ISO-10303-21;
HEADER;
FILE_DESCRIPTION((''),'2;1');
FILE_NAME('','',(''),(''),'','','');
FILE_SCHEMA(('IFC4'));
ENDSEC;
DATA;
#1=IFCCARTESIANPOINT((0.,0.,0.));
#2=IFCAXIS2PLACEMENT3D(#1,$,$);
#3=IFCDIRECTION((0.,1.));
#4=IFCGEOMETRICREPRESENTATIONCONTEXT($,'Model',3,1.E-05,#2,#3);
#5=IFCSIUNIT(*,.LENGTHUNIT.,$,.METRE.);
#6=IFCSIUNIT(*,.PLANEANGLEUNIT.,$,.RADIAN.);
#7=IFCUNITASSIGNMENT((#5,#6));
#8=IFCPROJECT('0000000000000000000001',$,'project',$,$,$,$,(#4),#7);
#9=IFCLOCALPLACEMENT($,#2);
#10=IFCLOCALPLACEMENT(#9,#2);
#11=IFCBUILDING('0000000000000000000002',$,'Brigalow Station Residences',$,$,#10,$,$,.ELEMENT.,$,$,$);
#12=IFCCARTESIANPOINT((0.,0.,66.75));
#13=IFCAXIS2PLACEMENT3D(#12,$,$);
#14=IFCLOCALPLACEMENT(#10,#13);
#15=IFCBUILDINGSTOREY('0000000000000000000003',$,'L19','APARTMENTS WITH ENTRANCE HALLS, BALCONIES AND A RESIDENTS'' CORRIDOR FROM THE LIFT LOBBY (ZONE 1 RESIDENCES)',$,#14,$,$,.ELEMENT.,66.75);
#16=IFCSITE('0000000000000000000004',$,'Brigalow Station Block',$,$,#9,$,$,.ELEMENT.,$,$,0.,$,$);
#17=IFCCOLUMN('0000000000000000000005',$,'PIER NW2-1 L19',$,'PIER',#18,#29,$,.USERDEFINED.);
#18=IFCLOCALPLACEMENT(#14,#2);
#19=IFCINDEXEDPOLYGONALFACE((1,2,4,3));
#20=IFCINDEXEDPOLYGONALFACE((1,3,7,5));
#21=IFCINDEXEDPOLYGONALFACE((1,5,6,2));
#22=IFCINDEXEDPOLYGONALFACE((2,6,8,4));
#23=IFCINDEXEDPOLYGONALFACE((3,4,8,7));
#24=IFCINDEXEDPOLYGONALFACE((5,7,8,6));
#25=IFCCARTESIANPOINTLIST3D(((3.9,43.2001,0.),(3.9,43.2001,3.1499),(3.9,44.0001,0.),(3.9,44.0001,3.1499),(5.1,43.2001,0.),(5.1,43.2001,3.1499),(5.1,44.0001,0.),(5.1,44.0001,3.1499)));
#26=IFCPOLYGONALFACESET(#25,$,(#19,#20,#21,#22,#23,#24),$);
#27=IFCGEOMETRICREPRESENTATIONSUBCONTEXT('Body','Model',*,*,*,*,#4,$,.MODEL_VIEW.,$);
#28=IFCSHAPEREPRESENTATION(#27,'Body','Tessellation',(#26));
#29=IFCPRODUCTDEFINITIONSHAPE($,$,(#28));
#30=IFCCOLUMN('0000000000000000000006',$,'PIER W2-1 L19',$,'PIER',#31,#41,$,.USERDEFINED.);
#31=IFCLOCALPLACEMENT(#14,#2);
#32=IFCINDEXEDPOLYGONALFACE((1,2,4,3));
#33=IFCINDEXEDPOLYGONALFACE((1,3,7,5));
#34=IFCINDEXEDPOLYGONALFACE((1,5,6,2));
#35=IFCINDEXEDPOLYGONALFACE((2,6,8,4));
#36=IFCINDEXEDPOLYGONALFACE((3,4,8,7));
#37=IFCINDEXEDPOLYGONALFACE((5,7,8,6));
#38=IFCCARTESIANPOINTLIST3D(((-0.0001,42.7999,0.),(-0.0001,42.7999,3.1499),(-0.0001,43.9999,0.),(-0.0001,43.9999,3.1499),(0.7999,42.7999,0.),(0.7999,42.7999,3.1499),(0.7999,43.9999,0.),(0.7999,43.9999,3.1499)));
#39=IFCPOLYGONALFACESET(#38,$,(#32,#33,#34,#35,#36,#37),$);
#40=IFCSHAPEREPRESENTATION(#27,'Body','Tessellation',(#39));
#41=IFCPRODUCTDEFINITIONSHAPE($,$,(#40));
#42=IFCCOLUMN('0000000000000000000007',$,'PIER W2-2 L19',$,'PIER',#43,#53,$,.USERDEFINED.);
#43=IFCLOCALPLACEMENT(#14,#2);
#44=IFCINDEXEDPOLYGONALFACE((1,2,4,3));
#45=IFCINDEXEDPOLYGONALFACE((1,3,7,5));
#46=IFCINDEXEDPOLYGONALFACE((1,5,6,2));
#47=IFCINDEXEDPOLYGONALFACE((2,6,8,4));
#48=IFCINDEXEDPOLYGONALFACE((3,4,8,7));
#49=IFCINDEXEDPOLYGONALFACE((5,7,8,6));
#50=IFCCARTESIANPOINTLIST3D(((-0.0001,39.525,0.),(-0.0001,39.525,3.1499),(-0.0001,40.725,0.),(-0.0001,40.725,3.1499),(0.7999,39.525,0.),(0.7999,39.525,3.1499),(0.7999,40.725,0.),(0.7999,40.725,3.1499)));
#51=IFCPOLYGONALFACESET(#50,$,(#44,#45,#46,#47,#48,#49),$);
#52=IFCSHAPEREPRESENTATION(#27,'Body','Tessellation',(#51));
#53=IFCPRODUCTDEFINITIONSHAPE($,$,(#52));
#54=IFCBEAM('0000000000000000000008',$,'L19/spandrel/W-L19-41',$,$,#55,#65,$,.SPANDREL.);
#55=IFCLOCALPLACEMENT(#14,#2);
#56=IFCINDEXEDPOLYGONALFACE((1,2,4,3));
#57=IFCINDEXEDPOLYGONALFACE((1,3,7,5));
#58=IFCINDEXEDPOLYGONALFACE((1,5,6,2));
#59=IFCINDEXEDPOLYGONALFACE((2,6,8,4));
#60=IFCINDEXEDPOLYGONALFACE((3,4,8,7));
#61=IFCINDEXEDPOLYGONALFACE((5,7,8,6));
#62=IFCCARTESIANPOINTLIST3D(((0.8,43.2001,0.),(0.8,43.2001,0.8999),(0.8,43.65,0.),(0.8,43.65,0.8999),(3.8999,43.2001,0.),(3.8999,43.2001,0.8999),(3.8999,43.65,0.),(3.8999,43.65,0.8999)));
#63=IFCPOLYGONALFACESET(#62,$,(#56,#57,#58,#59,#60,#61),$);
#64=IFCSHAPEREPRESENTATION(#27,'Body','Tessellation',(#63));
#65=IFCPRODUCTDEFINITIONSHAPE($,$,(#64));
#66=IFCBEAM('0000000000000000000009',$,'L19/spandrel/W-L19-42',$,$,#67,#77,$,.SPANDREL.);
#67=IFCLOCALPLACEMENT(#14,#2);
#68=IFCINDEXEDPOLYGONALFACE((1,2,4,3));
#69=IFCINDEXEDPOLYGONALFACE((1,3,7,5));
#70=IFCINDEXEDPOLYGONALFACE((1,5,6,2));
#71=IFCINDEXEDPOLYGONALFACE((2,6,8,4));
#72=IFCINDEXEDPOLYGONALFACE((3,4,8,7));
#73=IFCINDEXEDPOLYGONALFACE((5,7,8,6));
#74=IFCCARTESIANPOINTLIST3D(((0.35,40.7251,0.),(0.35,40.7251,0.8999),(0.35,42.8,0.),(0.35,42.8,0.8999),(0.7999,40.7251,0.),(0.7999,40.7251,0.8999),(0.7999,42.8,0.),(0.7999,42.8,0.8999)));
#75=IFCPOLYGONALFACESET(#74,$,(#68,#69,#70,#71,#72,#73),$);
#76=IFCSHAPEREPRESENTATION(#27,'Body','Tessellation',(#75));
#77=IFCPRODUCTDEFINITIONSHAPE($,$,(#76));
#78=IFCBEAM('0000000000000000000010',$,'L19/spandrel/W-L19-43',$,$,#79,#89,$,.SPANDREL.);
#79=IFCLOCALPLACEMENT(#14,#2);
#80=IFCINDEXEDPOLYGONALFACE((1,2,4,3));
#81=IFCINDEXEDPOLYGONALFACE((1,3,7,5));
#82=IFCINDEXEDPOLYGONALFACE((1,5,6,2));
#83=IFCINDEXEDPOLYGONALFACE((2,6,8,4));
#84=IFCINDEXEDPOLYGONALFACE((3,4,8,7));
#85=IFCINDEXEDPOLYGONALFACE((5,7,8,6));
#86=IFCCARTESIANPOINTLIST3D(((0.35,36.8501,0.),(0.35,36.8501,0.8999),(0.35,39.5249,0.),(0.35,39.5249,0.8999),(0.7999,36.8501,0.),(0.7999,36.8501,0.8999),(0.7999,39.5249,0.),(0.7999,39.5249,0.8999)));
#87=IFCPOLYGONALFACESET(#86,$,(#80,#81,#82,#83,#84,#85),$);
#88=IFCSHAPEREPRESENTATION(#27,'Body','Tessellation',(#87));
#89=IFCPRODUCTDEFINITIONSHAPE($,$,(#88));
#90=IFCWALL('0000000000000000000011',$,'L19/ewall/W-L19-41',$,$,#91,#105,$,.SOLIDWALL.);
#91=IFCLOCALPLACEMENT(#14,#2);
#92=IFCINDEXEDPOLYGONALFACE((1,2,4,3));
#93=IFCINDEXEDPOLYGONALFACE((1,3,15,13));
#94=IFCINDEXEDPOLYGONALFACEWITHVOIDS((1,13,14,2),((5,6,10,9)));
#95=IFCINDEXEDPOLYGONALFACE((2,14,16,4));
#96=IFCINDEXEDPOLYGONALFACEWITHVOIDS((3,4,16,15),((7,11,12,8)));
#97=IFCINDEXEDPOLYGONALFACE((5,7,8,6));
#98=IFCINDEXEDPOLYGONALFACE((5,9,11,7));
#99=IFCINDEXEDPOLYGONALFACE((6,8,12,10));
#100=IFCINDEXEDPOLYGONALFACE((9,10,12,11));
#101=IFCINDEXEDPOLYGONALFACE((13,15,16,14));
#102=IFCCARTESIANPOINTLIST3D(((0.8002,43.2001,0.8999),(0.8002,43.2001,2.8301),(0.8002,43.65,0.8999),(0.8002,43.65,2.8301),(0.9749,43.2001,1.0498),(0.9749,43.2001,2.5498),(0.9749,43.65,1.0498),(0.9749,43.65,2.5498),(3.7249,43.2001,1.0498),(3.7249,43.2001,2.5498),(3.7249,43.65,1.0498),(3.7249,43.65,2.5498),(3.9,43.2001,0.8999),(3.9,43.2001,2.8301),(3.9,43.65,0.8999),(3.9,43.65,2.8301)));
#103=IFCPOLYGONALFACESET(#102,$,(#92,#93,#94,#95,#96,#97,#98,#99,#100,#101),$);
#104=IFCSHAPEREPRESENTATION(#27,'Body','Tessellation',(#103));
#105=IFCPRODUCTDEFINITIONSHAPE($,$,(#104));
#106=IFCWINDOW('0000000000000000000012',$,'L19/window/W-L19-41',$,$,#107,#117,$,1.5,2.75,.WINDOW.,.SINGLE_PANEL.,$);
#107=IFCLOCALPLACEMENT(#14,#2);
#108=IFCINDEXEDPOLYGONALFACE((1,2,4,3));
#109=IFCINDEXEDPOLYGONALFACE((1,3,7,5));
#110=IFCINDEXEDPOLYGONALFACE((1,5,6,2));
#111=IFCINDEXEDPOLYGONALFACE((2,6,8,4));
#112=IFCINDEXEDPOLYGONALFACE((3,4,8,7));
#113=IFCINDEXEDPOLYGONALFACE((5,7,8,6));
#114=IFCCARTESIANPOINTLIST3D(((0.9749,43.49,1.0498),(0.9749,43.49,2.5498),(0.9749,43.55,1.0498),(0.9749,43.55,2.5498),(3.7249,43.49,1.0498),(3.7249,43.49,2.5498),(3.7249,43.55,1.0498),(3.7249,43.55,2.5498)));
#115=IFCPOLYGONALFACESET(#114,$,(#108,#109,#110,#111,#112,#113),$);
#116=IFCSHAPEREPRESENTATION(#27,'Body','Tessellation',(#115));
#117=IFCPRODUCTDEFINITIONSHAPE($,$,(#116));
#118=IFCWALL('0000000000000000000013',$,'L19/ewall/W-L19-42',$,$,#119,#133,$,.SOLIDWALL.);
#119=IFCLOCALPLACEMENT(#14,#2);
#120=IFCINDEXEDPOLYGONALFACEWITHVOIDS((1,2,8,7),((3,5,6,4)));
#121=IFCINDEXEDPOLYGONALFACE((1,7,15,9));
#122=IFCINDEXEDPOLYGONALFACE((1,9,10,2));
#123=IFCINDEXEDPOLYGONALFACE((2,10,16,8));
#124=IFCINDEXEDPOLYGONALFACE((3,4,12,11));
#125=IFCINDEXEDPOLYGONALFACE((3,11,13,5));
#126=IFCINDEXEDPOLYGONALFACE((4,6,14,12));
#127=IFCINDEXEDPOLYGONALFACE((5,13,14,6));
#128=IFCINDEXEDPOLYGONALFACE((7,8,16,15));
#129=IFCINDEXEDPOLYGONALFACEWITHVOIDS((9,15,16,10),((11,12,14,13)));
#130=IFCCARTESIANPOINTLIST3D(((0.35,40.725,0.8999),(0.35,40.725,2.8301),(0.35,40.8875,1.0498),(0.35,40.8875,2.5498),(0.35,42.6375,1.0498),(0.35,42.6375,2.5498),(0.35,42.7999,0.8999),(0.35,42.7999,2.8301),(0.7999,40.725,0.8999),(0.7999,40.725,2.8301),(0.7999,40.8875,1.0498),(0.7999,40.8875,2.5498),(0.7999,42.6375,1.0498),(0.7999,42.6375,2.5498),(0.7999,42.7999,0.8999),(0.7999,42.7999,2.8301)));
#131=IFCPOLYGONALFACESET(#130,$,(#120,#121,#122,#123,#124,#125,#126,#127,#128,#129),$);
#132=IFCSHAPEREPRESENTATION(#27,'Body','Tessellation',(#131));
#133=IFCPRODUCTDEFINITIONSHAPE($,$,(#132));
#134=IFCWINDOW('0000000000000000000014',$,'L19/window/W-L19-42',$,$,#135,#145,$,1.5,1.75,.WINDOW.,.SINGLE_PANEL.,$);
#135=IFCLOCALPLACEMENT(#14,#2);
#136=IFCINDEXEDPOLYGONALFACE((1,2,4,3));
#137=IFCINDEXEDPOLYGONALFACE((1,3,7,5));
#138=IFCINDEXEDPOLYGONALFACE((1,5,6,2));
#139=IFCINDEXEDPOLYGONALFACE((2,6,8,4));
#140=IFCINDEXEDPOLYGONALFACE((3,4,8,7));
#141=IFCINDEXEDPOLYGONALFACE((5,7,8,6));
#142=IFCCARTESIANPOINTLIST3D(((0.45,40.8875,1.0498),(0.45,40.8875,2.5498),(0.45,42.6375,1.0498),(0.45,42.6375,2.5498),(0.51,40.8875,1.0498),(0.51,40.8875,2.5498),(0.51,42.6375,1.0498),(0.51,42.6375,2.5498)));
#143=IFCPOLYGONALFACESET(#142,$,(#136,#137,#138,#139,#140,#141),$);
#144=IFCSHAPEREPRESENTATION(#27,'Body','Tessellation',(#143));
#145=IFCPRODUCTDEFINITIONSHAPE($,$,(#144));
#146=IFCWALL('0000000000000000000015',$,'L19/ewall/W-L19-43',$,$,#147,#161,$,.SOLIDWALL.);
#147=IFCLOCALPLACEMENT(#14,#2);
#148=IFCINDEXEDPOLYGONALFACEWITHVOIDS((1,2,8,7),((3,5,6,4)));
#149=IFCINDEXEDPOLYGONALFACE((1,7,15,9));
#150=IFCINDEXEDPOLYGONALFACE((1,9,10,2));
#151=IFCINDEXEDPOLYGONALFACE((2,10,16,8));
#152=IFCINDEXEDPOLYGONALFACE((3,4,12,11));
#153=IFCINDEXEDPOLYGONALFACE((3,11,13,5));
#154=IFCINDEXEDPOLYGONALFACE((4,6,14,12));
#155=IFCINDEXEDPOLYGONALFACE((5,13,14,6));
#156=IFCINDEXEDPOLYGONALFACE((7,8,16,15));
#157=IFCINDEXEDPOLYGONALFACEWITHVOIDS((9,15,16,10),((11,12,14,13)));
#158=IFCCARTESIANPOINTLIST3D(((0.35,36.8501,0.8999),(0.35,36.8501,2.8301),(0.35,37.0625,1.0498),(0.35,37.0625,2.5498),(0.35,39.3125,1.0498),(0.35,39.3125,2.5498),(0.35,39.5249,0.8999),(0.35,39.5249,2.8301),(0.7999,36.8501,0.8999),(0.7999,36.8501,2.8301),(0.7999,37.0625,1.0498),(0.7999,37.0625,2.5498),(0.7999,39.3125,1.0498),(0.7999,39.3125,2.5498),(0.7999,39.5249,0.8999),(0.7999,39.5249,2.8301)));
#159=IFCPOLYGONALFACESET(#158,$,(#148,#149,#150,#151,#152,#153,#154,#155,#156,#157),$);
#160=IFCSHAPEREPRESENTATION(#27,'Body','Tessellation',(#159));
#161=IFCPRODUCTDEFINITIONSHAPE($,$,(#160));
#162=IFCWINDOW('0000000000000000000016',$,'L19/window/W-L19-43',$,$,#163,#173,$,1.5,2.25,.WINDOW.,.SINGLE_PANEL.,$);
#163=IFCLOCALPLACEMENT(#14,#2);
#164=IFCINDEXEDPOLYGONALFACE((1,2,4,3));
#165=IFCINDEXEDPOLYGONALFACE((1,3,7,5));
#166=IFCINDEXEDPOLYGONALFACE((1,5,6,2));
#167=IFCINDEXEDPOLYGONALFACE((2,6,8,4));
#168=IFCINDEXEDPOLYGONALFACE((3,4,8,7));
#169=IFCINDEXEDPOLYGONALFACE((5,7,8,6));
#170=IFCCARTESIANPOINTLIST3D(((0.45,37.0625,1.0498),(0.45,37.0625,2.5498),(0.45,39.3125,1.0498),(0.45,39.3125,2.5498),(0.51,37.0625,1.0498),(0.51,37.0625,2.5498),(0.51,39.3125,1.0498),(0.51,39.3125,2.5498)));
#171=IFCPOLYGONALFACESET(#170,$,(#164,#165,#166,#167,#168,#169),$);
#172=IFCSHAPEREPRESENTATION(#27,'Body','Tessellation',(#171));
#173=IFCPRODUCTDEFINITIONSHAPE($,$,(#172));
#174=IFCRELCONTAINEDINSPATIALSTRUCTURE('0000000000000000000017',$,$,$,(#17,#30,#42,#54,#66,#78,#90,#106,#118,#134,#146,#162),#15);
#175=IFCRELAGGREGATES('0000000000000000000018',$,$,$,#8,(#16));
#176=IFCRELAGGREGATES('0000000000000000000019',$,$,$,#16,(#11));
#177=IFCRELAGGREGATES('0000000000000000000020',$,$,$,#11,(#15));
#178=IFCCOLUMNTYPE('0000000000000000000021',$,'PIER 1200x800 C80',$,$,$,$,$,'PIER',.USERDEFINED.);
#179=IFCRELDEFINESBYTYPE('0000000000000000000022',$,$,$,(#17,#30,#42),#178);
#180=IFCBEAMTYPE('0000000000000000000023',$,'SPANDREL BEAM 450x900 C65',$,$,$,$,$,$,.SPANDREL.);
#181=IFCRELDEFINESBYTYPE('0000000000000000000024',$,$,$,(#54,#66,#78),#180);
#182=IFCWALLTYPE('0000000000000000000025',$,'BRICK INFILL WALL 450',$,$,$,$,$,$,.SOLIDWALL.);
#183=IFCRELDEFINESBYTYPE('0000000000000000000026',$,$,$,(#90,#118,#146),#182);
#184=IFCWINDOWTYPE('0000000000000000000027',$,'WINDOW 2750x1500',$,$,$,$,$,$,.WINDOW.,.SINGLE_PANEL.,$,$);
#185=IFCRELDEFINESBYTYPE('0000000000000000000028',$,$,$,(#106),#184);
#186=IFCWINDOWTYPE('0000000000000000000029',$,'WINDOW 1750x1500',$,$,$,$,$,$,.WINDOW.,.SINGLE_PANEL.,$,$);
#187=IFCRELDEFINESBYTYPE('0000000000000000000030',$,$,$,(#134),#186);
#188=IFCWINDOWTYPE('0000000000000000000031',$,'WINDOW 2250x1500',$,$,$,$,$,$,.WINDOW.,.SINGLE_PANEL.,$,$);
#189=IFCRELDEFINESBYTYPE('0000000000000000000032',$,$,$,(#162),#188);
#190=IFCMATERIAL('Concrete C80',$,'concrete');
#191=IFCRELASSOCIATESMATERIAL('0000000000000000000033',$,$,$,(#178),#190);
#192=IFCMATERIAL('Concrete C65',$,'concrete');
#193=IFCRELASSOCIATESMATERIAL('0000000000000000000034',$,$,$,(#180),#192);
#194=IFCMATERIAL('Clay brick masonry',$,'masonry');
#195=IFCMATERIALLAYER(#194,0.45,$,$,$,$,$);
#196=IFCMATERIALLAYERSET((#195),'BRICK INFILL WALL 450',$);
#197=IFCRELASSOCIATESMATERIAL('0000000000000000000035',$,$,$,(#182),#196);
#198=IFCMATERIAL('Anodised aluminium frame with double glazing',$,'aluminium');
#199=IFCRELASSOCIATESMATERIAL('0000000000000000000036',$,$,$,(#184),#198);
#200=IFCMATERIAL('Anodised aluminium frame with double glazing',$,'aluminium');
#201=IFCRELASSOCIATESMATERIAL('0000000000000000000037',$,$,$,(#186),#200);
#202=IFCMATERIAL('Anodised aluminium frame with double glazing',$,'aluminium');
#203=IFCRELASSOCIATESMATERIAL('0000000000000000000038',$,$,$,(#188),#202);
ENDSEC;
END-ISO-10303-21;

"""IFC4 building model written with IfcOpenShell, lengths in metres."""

from ifc_helpers import new_model, si_unit, direction, frame, frame_2d, origin, origin_2d, place, context, subcontext, project, spatial, rectangle, extrude, material, layer, layer_set, material_profile, profile_set, type_object, element, fill, save


model = new_model("IFC4")

# Units and contexts
model_context = context("Model", 3, precision=1e-05, world=origin(), true_north=direction((0.0, 1.0)))
body_context = subcontext(model_context, "Body", "Model", "MODEL_VIEW")
ifc_project = project(units=[si_unit("LENGTHUNIT", "METRE"), si_unit("PLANEANGLEUNIT", "RADIAN")], contexts=[model_context])

# Site, building, storey
site_placement = place(None, origin())
site = spatial("IfcSite", under=ifc_project, at=site_placement, Name="Brigalow Station Block", CompositionType="ELEMENT", RefElevation=0.0)
building_placement = place(site_placement, origin())
building = spatial("IfcBuilding", under=site, at=building_placement, Name="Brigalow Station Residences", CompositionType="ELEMENT")
storey_placement = place(building_placement, frame((0.0, 0.0, 66.75)))
storey = spatial("IfcBuildingStorey", under=building, at=storey_placement, Name="L19", Description="APARTMENTS WITH ENTRANCE HALLS, BALCONIES AND A RESIDENTS' CORRIDOR FROM THE LIFT LOBBY (ZONE 1 RESIDENCES)", CompositionType="ELEMENT", Elevation=66.75)

# Columns
ifc_material_1 = material(Name="Concrete C80", Category="concrete")
ifc_material_profile_1 = material_profile(ifc_material_1, rectangle(XDim=1.2, YDim=0.8, at=origin_2d()), Name="RC1200x800")
ifc_profile_set_1 = profile_set([ifc_material_profile_1], Name="Concrete C80")
column_type = type_object("IfcColumnType", Name="PIER 1200x800 C80", ElementType="PIER", PredefinedType="USERDEFINED", material=ifc_profile_set_1)
for number, where, z_axis, x_axis, name in (
    (1, (4.5, 43.6001, 0.0), (0.0, 0.0, 1.0), (-1.0, 0.0, 0.0), "PIER NW2-1 L19"),
    (2, (0.3999, 43.3999, 0.0), (0.0, 0.0, 1.0), (0.0, -1.0, 0.0), "PIER W2-1 L19"),
    (3, (0.3999, 40.125, 0.0), (0.0, 0.0, 1.0), (0.0, -1.0, 0.0), "PIER W2-2 L19"),
):
    element("IfcColumn", number, at=place(storey_placement, frame(where, z_axis=z_axis, x_axis=x_axis)), inside=storey, type_object=column_type, Name=name, ObjectType="PIER", PredefinedType="USERDEFINED", context=body_context, shape_type="SweptSolid", body=[
        extrude(rectangle(XDim=1.2, YDim=0.8, at=origin_2d()), origin(), (0.0, 0.0, 1.0), 3.1499),
    ])

# Beams
ifc_material_2 = material(Name="Concrete C65", Category="concrete")
ifc_material_profile_2 = material_profile(ifc_material_2, rectangle(XDim=0.45, YDim=0.8999, at=origin_2d()), Name="RC450x900")
ifc_profile_set_2 = profile_set([ifc_material_profile_2], Name="Concrete C65")
beam_type = type_object("IfcBeamType", Name="SPANDREL BEAM 450x900 C65", PredefinedType="SPANDREL", material=ifc_profile_set_2)
beam_1_placement = place(storey_placement, frame((3.8999, 43.425, 0.45), z_axis=(-1.0, 0.0, 0.0), x_axis=(0.0, -1.0, 0.0)))
element("IfcBeam", 4, at=beam_1_placement, inside=storey, type_object=beam_type, Name="L19/spandrel/W-L19-41", PredefinedType="SPANDREL", context=body_context, shape_type="SweptSolid", body=[
    extrude(rectangle(XDim=0.45, YDim=0.8999, at=origin_2d()), origin(), (0.0, 0.0, 1.0), 3.0999),
])
beam_2_placement = place(storey_placement, frame((0.575, 42.8, 0.45), z_axis=(0.0, -1.0, 0.0), x_axis=(1.0, 0.0, 0.0)))
element("IfcBeam", 5, at=beam_2_placement, inside=storey, type_object=beam_type, Name="L19/spandrel/W-L19-42", PredefinedType="SPANDREL", context=body_context, shape_type="SweptSolid", body=[
    extrude(rectangle(XDim=0.45, YDim=0.8999, at=origin_2d()), origin(), (0.0, 0.0, 1.0), 2.075),
])
beam_3_placement = place(storey_placement, frame((0.575, 39.5249, 0.45), z_axis=(0.0, -1.0, 0.0), x_axis=(1.0, 0.0, 0.0)))
element("IfcBeam", 6, at=beam_3_placement, inside=storey, type_object=beam_type, Name="L19/spandrel/W-L19-43", PredefinedType="SPANDREL", context=body_context, shape_type="SweptSolid", body=[
    extrude(rectangle(XDim=0.45, YDim=0.8999, at=origin_2d()), origin(), (0.0, 0.0, 1.0), 2.6748),
])

# Walls, openings, windows
ifc_material_3 = material(Name="Clay brick masonry", Category="masonry")
ifc_layer_1 = layer(ifc_material_3, 0.45)
ifc_layer_set_1 = layer_set([ifc_layer_1], Name="BRICK INFILL WALL 450")
wall_type_1 = type_object("IfcWallType", Name="BRICK INFILL WALL 450", PredefinedType="SOLIDWALL", material=ifc_layer_set_1)
wall_1_placement = place(storey_placement, frame((3.8999, 43.425, 0.8999), z_axis=(0.0, 0.0, 1.0), x_axis=(-1.0, 0.0, 0.0)))
wall_1 = element("IfcWall", 7, at=wall_1_placement, inside=storey, type_object=wall_type_1, Name="L19/ewall/W-L19-41", PredefinedType="SOLIDWALL", context=body_context, shape_type="SweptSolid", body=[
    extrude(rectangle(XDim=3.0999, YDim=0.45, at=frame_2d((1.5498, 0.0))), origin(), (0.0, 0.0, 1.0), 1.9302),
])
opening_1_placement = place(wall_1_placement, frame((0.175, 0.0, 0.1499)))
opening_1 = element("IfcOpeningElement", 8, at=opening_1_placement, cuts=wall_1, PredefinedType="OPENING", context=body_context, shape_type="SweptSolid", body=[
    extrude(rectangle(XDim=2.75, YDim=1.5, at=frame_2d((1.375, 0.75))), frame((0.0, 0.2349, 0.0), z_axis=(0.0, -1.0, 0.0), x_axis=(1.0, 0.0, 0.0)), (0.0, 0.0, 1.0), 0.47),
])
ifc_material_4 = material(Name="Anodised aluminium frame with double glazing", Category="aluminium")
window_type_1 = type_object("IfcWindowType", Name="WINDOW 2750x1500", PartitioningType="SINGLE_PANEL", PredefinedType="WINDOW", material=ifc_material_4)
window_1_placement = place(opening_1_placement, origin())
window_1 = element("IfcWindow", 9, at=window_1_placement, inside=storey, type_object=window_type_1, Name="L19/window/W-L19-41", OverallHeight=1.5, OverallWidth=2.75, PartitioningType="SINGLE_PANEL", PredefinedType="WINDOW", context=body_context, shape_type="SweptSolid", body=[
    extrude(rectangle(XDim=2.75, YDim=1.5, at=frame_2d((1.375, 0.75))), frame((0.0, -0.0649, 0.0), z_axis=(0.0, -1.0, 0.0), x_axis=(1.0, 0.0, 0.0)), (0.0, 0.0, 1.0), 0.0601),
])
fill(opening_1, window_1)
wall_2_placement = place(storey_placement, frame((0.575, 42.8, 0.8999), z_axis=(0.0, 0.0, 1.0), x_axis=(0.0, -1.0, 0.0)))
wall_2 = element("IfcWall", 10, at=wall_2_placement, inside=storey, type_object=wall_type_1, Name="L19/ewall/W-L19-42", PredefinedType="SOLIDWALL", context=body_context, shape_type="SweptSolid", body=[
    extrude(rectangle(XDim=2.075, YDim=0.45, at=frame_2d((1.0376, 0.0))), origin(), (0.0, 0.0, 1.0), 1.9302),
])
opening_2_placement = place(wall_2_placement, frame((0.1626, 0.0, 0.1499)))
opening_2 = element("IfcOpeningElement", 11, at=opening_2_placement, cuts=wall_2, PredefinedType="OPENING", context=body_context, shape_type="SweptSolid", body=[
    extrude(rectangle(XDim=1.75, YDim=1.5, at=frame_2d((0.875, 0.75))), frame((0.0, 0.2349, 0.0), z_axis=(0.0, -1.0, 0.0), x_axis=(1.0, 0.0, 0.0)), (0.0, 0.0, 1.0), 0.47),
])
ifc_material_5 = material(Name="Anodised aluminium frame with double glazing", Category="aluminium")
window_type_2 = type_object("IfcWindowType", Name="WINDOW 1750x1500", PartitioningType="SINGLE_PANEL", PredefinedType="WINDOW", material=ifc_material_5)
window_2_placement = place(opening_2_placement, origin())
window_2 = element("IfcWindow", 12, at=window_2_placement, inside=storey, type_object=window_type_2, Name="L19/window/W-L19-42", OverallHeight=1.5, OverallWidth=1.75, PartitioningType="SINGLE_PANEL", PredefinedType="WINDOW", context=body_context, shape_type="SweptSolid", body=[
    extrude(rectangle(XDim=1.75, YDim=1.5, at=frame_2d((0.875, 0.75))), frame((0.0, -0.0649, 0.0), z_axis=(0.0, -1.0, 0.0), x_axis=(1.0, 0.0, 0.0)), (0.0, 0.0, 1.0), 0.0601),
])
fill(opening_2, window_2)
wall_3_placement = place(storey_placement, frame((0.575, 39.5249, 0.8999), z_axis=(0.0, 0.0, 1.0), x_axis=(0.0, -1.0, 0.0)))
wall_3 = element("IfcWall", 13, at=wall_3_placement, inside=storey, type_object=wall_type_1, Name="L19/ewall/W-L19-43", PredefinedType="SOLIDWALL", context=body_context, shape_type="SweptSolid", body=[
    extrude(rectangle(XDim=2.6748, YDim=0.45, at=frame_2d((1.3374, 0.0))), origin(), (0.0, 0.0, 1.0), 1.9302),
])
opening_3_placement = place(wall_3_placement, frame((0.2124, 0.0, 0.1499)))
opening_3 = element("IfcOpeningElement", 14, at=opening_3_placement, cuts=wall_3, PredefinedType="OPENING", context=body_context, shape_type="SweptSolid", body=[
    extrude(rectangle(XDim=2.25, YDim=1.5, at=frame_2d((1.125, 0.75))), frame((0.0, 0.2349, 0.0), z_axis=(0.0, -1.0, 0.0), x_axis=(1.0, 0.0, 0.0)), (0.0, 0.0, 1.0), 0.47),
])
ifc_material_6 = material(Name="Anodised aluminium frame with double glazing", Category="aluminium")
window_type_3 = type_object("IfcWindowType", Name="WINDOW 2250x1500", PartitioningType="SINGLE_PANEL", PredefinedType="WINDOW", material=ifc_material_6)
window_3_placement = place(opening_3_placement, origin())
window_3 = element("IfcWindow", 15, at=window_3_placement, inside=storey, type_object=window_type_3, Name="L19/window/W-L19-43", OverallHeight=1.5, OverallWidth=2.25, PartitioningType="SINGLE_PANEL", PredefinedType="WINDOW", context=body_context, shape_type="SweptSolid", body=[
    extrude(rectangle(XDim=2.25, YDim=1.5, at=frame_2d((1.125, 0.75))), frame((0.0, -0.0649, 0.0), z_axis=(0.0, -1.0, 0.0), x_axis=(1.0, 0.0, 0.0)), (0.0, 0.0, 1.0), 0.0601),
])
fill(opening_3, window_3)

save(model, "model.ifc")
